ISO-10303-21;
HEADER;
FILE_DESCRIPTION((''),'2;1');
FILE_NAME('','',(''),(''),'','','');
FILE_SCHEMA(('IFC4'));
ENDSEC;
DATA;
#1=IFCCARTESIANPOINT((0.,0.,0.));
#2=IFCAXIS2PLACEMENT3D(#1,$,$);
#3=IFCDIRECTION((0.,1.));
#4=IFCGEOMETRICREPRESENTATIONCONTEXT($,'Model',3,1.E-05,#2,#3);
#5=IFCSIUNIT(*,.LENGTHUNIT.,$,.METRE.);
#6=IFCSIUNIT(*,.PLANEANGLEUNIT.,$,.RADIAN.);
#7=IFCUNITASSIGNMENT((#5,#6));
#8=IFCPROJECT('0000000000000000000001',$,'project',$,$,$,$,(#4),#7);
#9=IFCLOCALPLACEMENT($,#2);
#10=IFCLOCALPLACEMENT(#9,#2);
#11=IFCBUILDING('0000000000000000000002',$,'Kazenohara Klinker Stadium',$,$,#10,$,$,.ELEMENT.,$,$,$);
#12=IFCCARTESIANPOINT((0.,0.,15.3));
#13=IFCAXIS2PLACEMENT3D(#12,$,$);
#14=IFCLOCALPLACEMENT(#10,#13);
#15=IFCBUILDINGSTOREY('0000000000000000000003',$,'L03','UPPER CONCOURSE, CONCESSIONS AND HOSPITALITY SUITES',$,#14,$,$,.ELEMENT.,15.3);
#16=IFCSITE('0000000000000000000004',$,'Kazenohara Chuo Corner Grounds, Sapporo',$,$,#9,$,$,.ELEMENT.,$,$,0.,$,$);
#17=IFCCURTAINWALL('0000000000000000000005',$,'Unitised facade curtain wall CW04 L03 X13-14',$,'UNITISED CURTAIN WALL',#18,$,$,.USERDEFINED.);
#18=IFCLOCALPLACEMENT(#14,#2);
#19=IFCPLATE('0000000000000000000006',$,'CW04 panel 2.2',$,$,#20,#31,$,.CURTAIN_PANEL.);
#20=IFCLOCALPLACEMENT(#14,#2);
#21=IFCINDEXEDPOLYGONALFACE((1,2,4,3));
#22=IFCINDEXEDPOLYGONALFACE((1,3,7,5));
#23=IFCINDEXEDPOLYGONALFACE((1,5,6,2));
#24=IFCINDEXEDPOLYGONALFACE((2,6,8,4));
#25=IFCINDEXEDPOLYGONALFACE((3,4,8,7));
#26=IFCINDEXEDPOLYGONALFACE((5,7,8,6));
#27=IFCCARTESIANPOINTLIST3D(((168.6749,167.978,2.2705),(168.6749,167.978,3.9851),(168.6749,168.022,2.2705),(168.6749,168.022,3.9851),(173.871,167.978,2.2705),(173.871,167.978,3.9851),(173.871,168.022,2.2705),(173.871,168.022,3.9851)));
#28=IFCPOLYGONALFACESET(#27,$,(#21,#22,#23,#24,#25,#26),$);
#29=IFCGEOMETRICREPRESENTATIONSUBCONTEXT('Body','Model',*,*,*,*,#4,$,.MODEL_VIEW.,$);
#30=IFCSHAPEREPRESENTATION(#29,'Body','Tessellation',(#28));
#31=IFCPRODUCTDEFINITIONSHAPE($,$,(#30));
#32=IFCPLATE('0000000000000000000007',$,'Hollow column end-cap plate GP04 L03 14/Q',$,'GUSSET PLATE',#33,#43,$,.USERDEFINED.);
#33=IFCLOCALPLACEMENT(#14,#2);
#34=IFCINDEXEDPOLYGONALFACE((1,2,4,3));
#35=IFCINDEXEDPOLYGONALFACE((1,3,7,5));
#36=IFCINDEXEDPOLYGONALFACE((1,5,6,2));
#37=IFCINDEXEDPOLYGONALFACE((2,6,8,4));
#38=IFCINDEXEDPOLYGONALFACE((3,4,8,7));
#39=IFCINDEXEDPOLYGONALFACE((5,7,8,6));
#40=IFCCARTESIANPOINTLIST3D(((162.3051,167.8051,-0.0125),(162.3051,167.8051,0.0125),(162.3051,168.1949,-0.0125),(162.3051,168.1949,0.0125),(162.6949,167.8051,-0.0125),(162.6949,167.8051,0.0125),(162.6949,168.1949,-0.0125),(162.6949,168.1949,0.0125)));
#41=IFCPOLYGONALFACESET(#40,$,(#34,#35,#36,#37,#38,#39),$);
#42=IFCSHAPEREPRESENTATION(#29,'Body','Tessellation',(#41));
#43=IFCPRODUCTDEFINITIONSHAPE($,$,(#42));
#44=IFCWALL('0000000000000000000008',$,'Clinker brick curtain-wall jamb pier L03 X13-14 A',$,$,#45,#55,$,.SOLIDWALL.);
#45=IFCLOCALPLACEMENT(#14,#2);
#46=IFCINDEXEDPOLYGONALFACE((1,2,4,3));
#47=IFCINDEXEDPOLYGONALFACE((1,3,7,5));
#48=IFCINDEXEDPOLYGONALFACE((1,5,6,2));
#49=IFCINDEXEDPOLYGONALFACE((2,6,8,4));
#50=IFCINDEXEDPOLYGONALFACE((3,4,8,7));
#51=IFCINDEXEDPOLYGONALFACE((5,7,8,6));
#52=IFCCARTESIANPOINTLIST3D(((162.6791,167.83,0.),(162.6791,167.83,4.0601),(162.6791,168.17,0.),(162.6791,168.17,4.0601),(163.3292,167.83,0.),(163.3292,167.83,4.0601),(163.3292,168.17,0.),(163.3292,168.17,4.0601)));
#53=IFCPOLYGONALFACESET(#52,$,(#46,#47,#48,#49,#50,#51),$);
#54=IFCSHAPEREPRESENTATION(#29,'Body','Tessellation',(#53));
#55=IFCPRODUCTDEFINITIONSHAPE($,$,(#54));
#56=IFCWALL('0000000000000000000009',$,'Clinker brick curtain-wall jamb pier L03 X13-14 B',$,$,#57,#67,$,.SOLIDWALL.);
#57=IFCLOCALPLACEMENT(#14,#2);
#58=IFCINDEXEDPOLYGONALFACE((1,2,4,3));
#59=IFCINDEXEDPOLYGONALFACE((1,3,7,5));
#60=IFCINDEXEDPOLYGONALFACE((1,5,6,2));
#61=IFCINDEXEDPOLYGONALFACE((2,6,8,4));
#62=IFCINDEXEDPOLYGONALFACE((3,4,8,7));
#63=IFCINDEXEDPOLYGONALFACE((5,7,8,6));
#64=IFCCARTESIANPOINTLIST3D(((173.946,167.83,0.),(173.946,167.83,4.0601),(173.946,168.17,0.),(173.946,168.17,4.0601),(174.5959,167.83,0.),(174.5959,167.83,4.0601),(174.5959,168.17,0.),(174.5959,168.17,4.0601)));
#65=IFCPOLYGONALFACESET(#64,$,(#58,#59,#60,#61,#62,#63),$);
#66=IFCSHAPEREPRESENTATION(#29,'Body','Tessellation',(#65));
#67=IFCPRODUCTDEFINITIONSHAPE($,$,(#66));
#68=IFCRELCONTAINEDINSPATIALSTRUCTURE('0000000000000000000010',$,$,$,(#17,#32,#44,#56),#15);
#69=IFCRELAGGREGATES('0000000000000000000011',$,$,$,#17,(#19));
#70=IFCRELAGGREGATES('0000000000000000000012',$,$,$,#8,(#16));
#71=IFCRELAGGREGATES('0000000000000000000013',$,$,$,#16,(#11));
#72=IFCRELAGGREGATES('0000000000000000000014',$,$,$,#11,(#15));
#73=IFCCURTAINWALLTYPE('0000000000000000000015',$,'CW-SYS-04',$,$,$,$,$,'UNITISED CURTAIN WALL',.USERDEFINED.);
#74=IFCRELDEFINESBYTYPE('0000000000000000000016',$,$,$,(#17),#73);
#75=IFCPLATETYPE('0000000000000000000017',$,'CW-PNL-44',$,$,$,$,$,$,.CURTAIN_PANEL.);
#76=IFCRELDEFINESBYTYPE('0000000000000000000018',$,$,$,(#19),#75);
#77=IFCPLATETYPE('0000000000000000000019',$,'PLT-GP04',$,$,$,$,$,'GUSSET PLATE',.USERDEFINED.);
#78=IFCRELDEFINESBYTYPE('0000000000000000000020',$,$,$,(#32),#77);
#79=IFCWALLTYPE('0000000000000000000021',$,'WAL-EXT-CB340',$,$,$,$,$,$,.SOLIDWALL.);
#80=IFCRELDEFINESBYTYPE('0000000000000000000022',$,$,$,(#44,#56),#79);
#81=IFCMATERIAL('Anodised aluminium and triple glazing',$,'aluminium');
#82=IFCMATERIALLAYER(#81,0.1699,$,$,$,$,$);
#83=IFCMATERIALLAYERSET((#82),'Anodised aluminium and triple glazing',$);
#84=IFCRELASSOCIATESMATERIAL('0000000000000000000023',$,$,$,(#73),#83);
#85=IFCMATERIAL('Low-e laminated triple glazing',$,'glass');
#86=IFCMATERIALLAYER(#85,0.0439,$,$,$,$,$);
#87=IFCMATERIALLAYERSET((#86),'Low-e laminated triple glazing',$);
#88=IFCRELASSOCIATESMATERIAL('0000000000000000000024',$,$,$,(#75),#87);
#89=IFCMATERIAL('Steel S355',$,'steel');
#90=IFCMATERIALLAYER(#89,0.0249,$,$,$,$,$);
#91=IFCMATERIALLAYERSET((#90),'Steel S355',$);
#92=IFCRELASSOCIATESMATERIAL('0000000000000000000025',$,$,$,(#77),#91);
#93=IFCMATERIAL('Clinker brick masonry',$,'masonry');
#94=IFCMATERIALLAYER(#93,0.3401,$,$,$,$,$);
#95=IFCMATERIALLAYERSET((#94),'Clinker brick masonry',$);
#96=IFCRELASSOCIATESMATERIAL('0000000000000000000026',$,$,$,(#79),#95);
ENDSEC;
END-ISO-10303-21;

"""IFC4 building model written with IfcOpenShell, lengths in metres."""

from ifc_helpers import new_model, si_unit, direction, frame, frame_2d, origin, origin_2d, place, context, subcontext, project, spatial, rectangle, extrude, material, layer, layer_set, type_object, element, aggregate, save


model = new_model("IFC4")

# Units and contexts
model_context = context("Model", 3, precision=1e-05, world=origin(), true_north=direction((0.0, 1.0)))
body_context = subcontext(model_context, "Body", "Model", "MODEL_VIEW")
ifc_project = project(units=[si_unit("LENGTHUNIT", "METRE"), si_unit("PLANEANGLEUNIT", "RADIAN")], contexts=[model_context])

# Site, building, storey
site_placement = place(None, origin())
site = spatial("IfcSite", under=ifc_project, at=site_placement, Name="Kazenohara Chuo Corner Grounds, Sapporo", CompositionType="ELEMENT", RefElevation=0.0)
building_placement = place(site_placement, origin())
building = spatial("IfcBuilding", under=site, at=building_placement, Name="Kazenohara Klinker Stadium", CompositionType="ELEMENT")
storey_placement = place(building_placement, frame((0.0, 0.0, 15.3)))
storey = spatial("IfcBuildingStorey", under=building, at=storey_placement, Name="L03", Description="UPPER CONCOURSE, CONCESSIONS AND HOSPITALITY SUITES", CompositionType="ELEMENT", Elevation=15.3)

# Curtain wall, plate
ifc_material_1 = material(Name="Anodised aluminium and triple glazing", Category="aluminium")
ifc_layer_1 = layer(ifc_material_1, 0.1699)
ifc_layer_set_1 = layer_set([ifc_layer_1], Name="Anodised aluminium and triple glazing")
curtain_wall_type = type_object("IfcCurtainWallType", Name="CW-SYS-04", ElementType="UNITISED CURTAIN WALL", PredefinedType="USERDEFINED", material=ifc_layer_set_1)
curtain_wall_placement = place(storey_placement, origin())
curtain_wall = element("IfcCurtainWall", 1, at=curtain_wall_placement, inside=storey, type_object=curtain_wall_type, Name="Unitised facade curtain wall CW04 L03 X13-14", ObjectType="UNITISED CURTAIN WALL", PredefinedType="USERDEFINED")
ifc_material_2 = material(Name="Low-e laminated triple glazing", Category="glass")
ifc_layer_2 = layer(ifc_material_2, 0.0439)
ifc_layer_set_2 = layer_set([ifc_layer_2], Name="Low-e laminated triple glazing")
plate_type_1 = type_object("IfcPlateType", Name="CW-PNL-44", PredefinedType="CURTAIN_PANEL", material=ifc_layer_set_2)
plate_1_placement = place(storey_placement, frame((171.2729, 168.0, 2.2705), z_axis=(0.0, 0.0, 1.0), x_axis=(1.0, 0.0, 0.0)))
plate_1 = element("IfcPlate", 2, at=plate_1_placement, type_object=plate_type_1, Name="CW04 panel 2.2", PredefinedType="CURTAIN_PANEL", context=body_context, shape_type="SweptSolid", body=[
    extrude(rectangle(XDim=5.196, YDim=0.0439, at=origin_2d()), origin(), (0.0, 0.0, 1.0), 1.7146),
])
aggregate(curtain_wall, [plate_1])

# Plate
ifc_material_3 = material(Name="Steel S355", Category="steel")
ifc_layer_3 = layer(ifc_material_3, 0.0249)
ifc_layer_set_3 = layer_set([ifc_layer_3], Name="Steel S355")
plate_type_2 = type_object("IfcPlateType", Name="PLT-GP04", ElementType="GUSSET PLATE", PredefinedType="USERDEFINED", material=ifc_layer_set_3)
plate_2_placement = place(storey_placement, frame((162.5, 168.0, -0.0125), z_axis=(0.0, 0.0, 1.0), x_axis=(1.0, 0.0, 0.0)))
element("IfcPlate", 3, at=plate_2_placement, inside=storey, type_object=plate_type_2, Name="Hollow column end-cap plate GP04 L03 14/Q", ObjectType="GUSSET PLATE", PredefinedType="USERDEFINED", context=body_context, shape_type="SweptSolid", body=[
    extrude(rectangle(XDim=0.3899, YDim=0.3899, at=origin_2d()), origin(), (0.0, 0.0, 1.0), 0.0249),
])

# Walls
ifc_material_4 = material(Name="Clinker brick masonry", Category="masonry")
ifc_layer_4 = layer(ifc_material_4, 0.3401)
ifc_layer_set_4 = layer_set([ifc_layer_4], Name="Clinker brick masonry")
wall_type = type_object("IfcWallType", Name="WAL-EXT-CB340", PredefinedType="SOLIDWALL", material=ifc_layer_set_4)
wall_1_placement = place(storey_placement, frame((162.679, 168.0, 0.0), z_axis=(0.0, 0.0, 1.0), x_axis=(1.0, 0.0, 0.0)))
element("IfcWall", 4, at=wall_1_placement, inside=storey, type_object=wall_type, Name="Clinker brick curtain-wall jamb pier L03 X13-14 A", PredefinedType="SOLIDWALL", context=body_context, shape_type="SweptSolid", body=[
    extrude(rectangle(XDim=0.6501, YDim=0.3401, at=frame_2d((0.3252, 0.0))), origin(), (0.0, 0.0, 1.0), 4.0601),
])
wall_2_placement = place(storey_placement, frame((173.946, 168.0, 0.0), z_axis=(0.0, 0.0, 1.0), x_axis=(1.0, 0.0, 0.0)))
element("IfcWall", 5, at=wall_2_placement, inside=storey, type_object=wall_type, Name="Clinker brick curtain-wall jamb pier L03 X13-14 B", PredefinedType="SOLIDWALL", context=body_context, shape_type="SweptSolid", body=[
    extrude(rectangle(XDim=0.6499, YDim=0.3401, at=frame_2d((0.325, 0.0))), origin(), (0.0, 0.0, 1.0), 4.0601),
])

save(model, "model.ifc")
